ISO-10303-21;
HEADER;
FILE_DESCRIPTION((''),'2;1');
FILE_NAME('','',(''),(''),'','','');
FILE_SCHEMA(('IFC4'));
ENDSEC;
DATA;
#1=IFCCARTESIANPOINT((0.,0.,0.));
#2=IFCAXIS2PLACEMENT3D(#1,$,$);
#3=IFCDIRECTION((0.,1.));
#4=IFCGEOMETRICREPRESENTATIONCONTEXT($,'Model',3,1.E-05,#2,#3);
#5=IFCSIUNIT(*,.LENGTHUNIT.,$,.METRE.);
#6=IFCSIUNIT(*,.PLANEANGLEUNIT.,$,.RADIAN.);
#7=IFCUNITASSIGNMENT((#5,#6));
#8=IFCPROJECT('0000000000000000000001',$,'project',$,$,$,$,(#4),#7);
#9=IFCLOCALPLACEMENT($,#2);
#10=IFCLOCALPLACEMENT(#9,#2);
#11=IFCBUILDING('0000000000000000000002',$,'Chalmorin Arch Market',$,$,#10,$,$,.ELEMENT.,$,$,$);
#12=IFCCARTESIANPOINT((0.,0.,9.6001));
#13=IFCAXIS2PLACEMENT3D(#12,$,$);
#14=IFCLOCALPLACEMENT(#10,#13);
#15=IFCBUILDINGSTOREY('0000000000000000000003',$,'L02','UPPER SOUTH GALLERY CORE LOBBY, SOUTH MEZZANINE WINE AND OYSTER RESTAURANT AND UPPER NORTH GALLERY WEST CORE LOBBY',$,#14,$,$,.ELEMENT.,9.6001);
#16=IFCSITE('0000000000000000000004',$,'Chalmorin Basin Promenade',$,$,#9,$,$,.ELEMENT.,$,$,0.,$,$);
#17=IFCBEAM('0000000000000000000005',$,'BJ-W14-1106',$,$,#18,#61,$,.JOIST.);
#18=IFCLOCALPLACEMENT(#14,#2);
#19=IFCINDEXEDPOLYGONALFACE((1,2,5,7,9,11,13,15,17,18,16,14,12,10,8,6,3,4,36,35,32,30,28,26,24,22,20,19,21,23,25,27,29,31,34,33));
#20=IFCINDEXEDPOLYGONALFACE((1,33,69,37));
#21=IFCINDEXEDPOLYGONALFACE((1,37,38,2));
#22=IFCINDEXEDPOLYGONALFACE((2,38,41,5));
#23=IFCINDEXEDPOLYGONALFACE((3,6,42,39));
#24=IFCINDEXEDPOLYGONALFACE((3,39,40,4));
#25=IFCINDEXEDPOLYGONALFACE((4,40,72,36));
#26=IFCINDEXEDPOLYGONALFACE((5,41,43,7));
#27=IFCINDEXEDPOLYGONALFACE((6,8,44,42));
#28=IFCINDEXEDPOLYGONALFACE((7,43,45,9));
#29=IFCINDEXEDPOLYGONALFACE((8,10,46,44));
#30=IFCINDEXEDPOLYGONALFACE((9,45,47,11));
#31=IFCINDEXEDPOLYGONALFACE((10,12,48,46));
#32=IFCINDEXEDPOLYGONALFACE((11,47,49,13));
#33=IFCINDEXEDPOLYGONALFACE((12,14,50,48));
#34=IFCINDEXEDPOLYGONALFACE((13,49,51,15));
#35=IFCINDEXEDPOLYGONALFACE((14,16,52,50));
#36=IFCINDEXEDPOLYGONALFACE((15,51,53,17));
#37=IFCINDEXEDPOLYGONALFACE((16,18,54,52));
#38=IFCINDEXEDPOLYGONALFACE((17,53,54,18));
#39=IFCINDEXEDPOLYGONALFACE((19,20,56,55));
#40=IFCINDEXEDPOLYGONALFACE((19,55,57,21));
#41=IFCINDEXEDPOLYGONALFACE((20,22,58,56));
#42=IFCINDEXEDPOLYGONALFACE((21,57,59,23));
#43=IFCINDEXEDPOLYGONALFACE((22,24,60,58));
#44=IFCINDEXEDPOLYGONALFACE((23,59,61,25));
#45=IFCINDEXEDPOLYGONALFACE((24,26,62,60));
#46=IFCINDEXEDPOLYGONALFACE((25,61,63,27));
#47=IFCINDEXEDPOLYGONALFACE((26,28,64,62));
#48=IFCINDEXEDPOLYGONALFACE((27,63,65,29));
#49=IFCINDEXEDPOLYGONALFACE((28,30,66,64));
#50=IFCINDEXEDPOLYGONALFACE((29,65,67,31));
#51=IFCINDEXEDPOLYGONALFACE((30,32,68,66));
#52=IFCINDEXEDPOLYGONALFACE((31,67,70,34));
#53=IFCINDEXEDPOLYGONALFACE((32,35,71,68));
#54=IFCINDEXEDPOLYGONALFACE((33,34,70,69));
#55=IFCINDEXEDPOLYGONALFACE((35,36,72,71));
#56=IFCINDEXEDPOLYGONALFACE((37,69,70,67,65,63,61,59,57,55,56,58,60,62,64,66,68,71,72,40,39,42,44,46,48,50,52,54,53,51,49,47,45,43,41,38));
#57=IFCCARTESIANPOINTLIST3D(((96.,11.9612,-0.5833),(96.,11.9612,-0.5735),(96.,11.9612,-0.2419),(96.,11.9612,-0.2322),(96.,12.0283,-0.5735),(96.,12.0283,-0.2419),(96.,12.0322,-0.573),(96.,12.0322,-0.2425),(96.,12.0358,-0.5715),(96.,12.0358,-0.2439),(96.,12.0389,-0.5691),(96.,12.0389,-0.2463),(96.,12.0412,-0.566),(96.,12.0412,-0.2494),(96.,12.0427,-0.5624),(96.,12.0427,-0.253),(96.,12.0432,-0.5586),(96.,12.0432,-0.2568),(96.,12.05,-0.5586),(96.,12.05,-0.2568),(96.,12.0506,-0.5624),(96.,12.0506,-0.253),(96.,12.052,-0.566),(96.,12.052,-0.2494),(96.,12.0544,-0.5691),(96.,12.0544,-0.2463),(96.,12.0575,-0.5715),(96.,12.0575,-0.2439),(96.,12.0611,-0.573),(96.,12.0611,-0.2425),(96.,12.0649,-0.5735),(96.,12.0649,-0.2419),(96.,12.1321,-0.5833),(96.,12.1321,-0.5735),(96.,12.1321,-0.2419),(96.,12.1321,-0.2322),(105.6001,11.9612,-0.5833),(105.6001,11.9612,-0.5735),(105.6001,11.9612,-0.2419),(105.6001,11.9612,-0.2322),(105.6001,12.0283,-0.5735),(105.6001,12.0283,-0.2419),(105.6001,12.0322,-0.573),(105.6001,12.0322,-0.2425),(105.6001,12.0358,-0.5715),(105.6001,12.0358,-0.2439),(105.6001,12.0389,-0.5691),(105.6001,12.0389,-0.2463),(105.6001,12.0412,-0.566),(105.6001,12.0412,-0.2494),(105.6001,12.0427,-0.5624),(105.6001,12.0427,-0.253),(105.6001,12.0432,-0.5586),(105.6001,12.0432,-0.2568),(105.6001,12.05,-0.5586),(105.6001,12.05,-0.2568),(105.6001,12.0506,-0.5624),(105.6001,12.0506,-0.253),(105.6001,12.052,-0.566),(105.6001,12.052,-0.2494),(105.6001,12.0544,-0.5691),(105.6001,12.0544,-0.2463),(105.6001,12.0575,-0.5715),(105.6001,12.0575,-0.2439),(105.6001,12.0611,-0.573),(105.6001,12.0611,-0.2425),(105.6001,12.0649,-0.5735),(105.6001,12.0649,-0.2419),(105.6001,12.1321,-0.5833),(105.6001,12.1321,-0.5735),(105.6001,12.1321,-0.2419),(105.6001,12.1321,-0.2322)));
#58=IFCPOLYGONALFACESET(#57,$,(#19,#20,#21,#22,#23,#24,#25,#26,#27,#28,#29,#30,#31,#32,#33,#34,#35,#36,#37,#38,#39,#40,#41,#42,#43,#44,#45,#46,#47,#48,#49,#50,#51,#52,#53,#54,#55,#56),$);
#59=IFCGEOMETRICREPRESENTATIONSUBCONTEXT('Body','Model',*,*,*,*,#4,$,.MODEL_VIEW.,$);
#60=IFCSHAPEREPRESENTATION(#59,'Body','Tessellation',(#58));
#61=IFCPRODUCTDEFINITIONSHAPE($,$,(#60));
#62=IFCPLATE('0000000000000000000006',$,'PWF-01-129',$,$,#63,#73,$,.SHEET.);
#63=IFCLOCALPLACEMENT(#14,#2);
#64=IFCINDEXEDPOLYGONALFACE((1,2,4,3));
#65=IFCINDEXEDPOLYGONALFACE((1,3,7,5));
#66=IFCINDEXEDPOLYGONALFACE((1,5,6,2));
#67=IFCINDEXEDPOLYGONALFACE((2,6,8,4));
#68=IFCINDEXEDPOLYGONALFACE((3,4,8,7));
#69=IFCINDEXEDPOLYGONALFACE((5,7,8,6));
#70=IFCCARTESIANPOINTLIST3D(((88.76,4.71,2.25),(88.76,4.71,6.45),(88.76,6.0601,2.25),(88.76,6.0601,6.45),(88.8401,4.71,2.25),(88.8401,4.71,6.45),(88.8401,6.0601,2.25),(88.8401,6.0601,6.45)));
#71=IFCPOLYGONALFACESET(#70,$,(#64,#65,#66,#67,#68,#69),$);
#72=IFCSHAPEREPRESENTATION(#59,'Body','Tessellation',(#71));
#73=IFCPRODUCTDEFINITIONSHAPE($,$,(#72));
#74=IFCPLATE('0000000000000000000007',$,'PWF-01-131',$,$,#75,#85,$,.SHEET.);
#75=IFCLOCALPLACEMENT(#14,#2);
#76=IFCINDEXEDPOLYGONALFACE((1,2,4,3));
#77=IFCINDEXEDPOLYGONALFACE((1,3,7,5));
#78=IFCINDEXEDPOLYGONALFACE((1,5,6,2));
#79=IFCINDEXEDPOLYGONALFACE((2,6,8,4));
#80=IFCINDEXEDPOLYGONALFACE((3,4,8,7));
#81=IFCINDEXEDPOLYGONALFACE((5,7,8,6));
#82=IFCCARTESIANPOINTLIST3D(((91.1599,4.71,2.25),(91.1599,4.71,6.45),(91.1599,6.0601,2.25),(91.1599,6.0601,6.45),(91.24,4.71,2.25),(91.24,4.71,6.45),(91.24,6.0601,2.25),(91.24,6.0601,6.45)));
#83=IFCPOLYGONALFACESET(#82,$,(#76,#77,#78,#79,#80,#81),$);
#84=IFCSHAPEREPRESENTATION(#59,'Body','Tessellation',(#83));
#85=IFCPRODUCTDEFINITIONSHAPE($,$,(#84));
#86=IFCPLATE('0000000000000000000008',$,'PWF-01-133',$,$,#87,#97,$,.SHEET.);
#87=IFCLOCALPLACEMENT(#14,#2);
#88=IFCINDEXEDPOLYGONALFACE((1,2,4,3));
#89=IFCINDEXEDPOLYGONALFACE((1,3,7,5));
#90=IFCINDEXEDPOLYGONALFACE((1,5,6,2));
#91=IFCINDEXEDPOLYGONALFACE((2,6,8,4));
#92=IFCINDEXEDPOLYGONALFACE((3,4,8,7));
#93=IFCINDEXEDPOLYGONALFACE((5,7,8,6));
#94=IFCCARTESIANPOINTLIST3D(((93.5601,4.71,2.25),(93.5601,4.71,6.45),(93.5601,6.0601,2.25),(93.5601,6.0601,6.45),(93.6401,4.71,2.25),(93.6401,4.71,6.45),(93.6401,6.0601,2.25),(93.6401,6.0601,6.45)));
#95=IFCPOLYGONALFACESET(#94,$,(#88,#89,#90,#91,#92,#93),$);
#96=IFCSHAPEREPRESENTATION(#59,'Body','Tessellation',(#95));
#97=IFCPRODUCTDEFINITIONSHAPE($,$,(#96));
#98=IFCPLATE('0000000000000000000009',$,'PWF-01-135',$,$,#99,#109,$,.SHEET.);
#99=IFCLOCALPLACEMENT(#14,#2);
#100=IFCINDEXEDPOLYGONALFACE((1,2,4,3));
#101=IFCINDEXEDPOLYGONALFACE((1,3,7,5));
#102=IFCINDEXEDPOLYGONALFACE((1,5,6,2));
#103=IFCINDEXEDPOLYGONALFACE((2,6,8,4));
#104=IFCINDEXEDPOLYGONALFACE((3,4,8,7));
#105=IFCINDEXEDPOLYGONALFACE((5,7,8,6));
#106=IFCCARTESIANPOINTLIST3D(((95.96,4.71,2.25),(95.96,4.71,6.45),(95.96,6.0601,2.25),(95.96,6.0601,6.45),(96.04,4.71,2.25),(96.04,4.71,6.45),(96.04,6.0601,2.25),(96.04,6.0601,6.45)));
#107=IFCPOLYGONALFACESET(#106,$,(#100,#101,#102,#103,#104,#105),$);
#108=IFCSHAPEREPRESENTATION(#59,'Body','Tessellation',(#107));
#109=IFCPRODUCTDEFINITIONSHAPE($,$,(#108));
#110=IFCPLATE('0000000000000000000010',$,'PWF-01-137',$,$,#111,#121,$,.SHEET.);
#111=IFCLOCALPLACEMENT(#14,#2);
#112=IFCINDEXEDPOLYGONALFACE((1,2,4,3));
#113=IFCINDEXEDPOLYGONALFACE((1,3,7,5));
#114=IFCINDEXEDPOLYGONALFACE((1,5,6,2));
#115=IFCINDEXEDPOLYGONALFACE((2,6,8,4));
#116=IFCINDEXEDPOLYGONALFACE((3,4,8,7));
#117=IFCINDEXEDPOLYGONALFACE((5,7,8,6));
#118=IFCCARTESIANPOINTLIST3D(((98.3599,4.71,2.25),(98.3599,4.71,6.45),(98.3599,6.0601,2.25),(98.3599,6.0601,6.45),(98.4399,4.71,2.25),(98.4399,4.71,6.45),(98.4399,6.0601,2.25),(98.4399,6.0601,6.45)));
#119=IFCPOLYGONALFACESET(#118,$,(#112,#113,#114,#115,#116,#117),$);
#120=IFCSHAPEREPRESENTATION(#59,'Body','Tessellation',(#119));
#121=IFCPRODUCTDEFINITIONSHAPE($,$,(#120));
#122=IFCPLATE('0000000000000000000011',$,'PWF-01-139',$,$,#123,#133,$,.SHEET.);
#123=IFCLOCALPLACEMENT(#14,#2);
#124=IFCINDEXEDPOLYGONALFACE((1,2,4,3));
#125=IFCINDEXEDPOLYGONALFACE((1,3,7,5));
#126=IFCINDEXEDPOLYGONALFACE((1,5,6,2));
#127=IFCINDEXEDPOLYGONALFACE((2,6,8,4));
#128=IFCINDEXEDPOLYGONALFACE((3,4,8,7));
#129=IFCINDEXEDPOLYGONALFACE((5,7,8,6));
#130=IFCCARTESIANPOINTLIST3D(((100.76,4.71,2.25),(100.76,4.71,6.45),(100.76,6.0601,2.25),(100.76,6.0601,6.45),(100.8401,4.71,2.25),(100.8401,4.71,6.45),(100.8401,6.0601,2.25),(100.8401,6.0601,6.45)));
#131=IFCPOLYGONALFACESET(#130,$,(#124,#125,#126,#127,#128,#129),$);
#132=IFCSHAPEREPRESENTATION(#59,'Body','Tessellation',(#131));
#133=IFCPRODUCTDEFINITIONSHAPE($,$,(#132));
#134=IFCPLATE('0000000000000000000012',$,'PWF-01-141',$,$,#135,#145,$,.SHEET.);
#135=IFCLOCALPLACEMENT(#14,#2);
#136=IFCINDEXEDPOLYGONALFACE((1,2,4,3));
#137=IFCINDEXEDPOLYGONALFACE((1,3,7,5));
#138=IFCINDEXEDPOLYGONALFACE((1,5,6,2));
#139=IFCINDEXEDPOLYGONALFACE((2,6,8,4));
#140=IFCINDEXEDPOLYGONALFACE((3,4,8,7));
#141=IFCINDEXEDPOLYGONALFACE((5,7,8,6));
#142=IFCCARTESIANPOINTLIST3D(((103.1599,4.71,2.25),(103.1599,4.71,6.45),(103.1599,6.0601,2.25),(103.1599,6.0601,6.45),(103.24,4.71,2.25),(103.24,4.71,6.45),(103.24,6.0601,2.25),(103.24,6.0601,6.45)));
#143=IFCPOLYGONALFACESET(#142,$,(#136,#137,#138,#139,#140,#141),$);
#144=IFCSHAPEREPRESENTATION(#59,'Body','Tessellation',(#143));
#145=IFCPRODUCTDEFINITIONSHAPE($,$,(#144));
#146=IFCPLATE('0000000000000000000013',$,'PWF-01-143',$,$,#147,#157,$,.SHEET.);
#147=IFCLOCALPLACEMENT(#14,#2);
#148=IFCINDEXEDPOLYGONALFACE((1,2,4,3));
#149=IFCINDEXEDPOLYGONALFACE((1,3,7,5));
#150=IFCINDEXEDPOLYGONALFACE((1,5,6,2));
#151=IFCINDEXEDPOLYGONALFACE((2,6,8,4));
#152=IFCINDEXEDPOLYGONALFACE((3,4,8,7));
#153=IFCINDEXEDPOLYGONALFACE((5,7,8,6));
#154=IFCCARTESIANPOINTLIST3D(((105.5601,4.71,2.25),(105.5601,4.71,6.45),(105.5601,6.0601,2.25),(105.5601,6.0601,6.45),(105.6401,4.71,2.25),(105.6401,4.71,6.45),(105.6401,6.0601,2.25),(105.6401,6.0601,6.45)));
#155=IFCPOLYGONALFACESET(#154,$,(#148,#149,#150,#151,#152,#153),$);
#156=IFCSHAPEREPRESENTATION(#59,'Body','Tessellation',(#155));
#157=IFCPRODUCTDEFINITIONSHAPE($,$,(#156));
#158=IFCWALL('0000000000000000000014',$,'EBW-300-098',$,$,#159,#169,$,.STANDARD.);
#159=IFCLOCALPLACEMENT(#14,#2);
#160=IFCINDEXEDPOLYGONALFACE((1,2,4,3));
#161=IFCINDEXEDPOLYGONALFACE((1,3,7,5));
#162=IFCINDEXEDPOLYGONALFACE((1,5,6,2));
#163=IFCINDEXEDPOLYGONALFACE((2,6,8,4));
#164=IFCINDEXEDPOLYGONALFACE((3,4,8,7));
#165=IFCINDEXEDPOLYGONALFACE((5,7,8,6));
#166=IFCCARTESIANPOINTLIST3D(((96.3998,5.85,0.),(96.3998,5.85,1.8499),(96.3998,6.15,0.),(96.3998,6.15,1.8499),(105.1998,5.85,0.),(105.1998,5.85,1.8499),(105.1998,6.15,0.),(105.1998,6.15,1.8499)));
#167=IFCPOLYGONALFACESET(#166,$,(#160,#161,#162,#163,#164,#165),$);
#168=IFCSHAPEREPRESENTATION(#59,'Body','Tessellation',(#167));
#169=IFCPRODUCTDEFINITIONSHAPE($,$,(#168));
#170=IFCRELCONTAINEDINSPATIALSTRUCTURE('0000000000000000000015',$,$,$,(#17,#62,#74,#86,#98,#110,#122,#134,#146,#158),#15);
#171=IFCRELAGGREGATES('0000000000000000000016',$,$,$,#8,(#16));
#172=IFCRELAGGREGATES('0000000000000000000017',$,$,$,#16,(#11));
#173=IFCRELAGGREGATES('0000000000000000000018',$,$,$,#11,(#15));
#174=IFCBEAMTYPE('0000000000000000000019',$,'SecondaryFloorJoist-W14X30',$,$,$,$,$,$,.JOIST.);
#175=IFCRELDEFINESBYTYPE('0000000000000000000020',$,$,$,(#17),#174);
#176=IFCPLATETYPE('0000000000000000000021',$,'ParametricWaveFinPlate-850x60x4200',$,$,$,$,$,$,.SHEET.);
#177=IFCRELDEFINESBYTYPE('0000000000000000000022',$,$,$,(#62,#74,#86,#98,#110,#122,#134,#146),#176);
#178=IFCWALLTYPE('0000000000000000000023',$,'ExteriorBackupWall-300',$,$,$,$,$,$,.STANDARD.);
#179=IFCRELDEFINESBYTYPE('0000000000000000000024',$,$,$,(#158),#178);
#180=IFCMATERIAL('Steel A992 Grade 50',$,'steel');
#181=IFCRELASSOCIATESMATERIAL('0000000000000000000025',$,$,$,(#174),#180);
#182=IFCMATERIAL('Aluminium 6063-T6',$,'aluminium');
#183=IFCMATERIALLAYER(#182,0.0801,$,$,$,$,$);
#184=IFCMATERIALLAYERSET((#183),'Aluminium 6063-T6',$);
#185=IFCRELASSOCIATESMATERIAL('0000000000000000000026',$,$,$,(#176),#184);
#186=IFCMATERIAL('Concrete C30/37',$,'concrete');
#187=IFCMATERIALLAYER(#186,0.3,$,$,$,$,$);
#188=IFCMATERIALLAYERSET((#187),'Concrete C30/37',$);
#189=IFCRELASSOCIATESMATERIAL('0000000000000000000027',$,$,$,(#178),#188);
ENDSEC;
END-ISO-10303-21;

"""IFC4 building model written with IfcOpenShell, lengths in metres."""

from ifc_helpers import new_model, si_unit, direction, frame, frame_2d, origin, origin_2d, place, context, subcontext, project, spatial, rectangle, i_section, extrude, material, layer, layer_set, material_profile, profile_set, type_object, element, save


model = new_model("IFC4")

# Units and contexts
model_context = context("Model", 3, precision=1e-05, world=origin(), true_north=direction((0.0, 1.0)))
body_context = subcontext(model_context, "Body", "Model", "MODEL_VIEW")
ifc_project = project(units=[si_unit("LENGTHUNIT", "METRE"), si_unit("PLANEANGLEUNIT", "RADIAN")], contexts=[model_context])

# Site, building, storey
site_placement = place(None, origin())
site = spatial("IfcSite", under=ifc_project, at=site_placement, Name="Chalmorin Basin Promenade", CompositionType="ELEMENT", RefElevation=0.0)
building_placement = place(site_placement, origin())
building = spatial("IfcBuilding", under=site, at=building_placement, Name="Chalmorin Arch Market", CompositionType="ELEMENT")
storey_placement = place(building_placement, frame((0.0, 0.0, 9.6001)))
storey = spatial("IfcBuildingStorey", under=building, at=storey_placement, Name="L02", Description="UPPER SOUTH GALLERY CORE LOBBY, SOUTH MEZZANINE WINE AND OYSTER RESTAURANT AND UPPER NORTH GALLERY WEST CORE LOBBY", CompositionType="ELEMENT", Elevation=9.6001)

# Beam
ifc_material_1 = material(Name="Steel A992 Grade 50", Category="steel")
ifc_material_profile_1 = material_profile(ifc_material_1, i_section(OverallWidth=0.1709, OverallDepth=0.3511, WebThickness=0.0068, FlangeThickness=0.0098, FilletRadius=0.0149, at=origin_2d()), Name="W14X30")
ifc_profile_set_1 = profile_set([ifc_material_profile_1], Name="Steel A992 Grade 50")
beam_type_1 = type_object("IfcBeamType", Name="SecondaryFloorJoist-W14X30", PredefinedType="JOIST", material=ifc_profile_set_1)
for number, where, z_axis, x_axis, name in (
    (1, (96.0, 12.0466, -0.4077), (1.0, 0.0, 0.0), (0.0, 1.0, 0.0), "BJ-W14-1106"),
):
    element("IfcBeam", number, at=place(storey_placement, frame(where, z_axis=z_axis, x_axis=x_axis)), inside=storey, type_object=beam_type_1, Name=name, PredefinedType="JOIST", context=body_context, shape_type="SweptSolid", body=[
        extrude(i_section(OverallWidth=0.1709, OverallDepth=0.3511, WebThickness=0.0068, FlangeThickness=0.0098, FilletRadius=0.0149, at=origin_2d()), origin(), (0.0, 0.0, 1.0), 9.6001),
    ])

# Plates
ifc_material_2 = material(Name="Aluminium 6063-T6", Category="aluminium")
ifc_layer_1 = layer(ifc_material_2, 0.0801)
ifc_layer_set_1 = layer_set([ifc_layer_1], Name="Aluminium 6063-T6")
plate_type = type_object("IfcPlateType", Name="ParametricWaveFinPlate-850x60x4200", PredefinedType="SHEET", material=ifc_layer_set_1)
for number, where, z_axis, x_axis, name in (
    (2, (88.8, 5.385, 2.25), (0.0, 0.0, 1.0), (0.0, 1.0, 0.0), "PWF-01-129"),
    (3, (91.2, 5.385, 2.25), (0.0, 0.0, 1.0), (0.0, 1.0, 0.0), "PWF-01-131"),
    (4, (93.6001, 5.385, 2.25), (0.0, 0.0, 1.0), (0.0, 1.0, 0.0), "PWF-01-133"),
    (5, (96.0, 5.385, 2.25), (0.0, 0.0, 1.0), (0.0, 1.0, 0.0), "PWF-01-135"),
    (6, (98.3999, 5.385, 2.25), (0.0, 0.0, 1.0), (0.0, 1.0, 0.0), "PWF-01-137"),
    (7, (100.8, 5.385, 2.25), (0.0, 0.0, 1.0), (0.0, 1.0, 0.0), "PWF-01-139"),
    (8, (103.2, 5.385, 2.25), (0.0, 0.0, 1.0), (0.0, 1.0, 0.0), "PWF-01-141"),
    (9, (105.6001, 5.385, 2.25), (0.0, 0.0, 1.0), (0.0, 1.0, 0.0), "PWF-01-143"),
):
    element("IfcPlate", number, at=place(storey_placement, frame(where, z_axis=z_axis, x_axis=x_axis)), inside=storey, type_object=plate_type, Name=name, PredefinedType="SHEET", context=body_context, shape_type="SweptSolid", body=[
        extrude(rectangle(XDim=1.3501, YDim=0.0801, at=origin_2d()), origin(), (0.0, 0.0, 1.0), 4.2),
    ])

# Wall
ifc_material_3 = material(Name="Concrete C30/37", Category="concrete")
ifc_layer_2 = layer(ifc_material_3, 0.3)
ifc_layer_set_2 = layer_set([ifc_layer_2], Name="Concrete C30/37")
wall_type = type_object("IfcWallType", Name="ExteriorBackupWall-300", PredefinedType="STANDARD", material=ifc_layer_set_2)
wall_1_placement = place(storey_placement, frame((96.3999, 6.0, 0.0), z_axis=(0.0, 0.0, 1.0), x_axis=(1.0, 0.0, 0.0)))
element("IfcWall", 10, at=wall_1_placement, inside=storey, type_object=wall_type, Name="EBW-300-098", PredefinedType="STANDARD", context=body_context, shape_type="SweptSolid", body=[
    extrude(rectangle(XDim=8.8, YDim=0.3, at=frame_2d((4.3999, 0.0))), origin(), (0.0, 0.0, 1.0), 1.8499),
])

save(model, "model.ifc")
